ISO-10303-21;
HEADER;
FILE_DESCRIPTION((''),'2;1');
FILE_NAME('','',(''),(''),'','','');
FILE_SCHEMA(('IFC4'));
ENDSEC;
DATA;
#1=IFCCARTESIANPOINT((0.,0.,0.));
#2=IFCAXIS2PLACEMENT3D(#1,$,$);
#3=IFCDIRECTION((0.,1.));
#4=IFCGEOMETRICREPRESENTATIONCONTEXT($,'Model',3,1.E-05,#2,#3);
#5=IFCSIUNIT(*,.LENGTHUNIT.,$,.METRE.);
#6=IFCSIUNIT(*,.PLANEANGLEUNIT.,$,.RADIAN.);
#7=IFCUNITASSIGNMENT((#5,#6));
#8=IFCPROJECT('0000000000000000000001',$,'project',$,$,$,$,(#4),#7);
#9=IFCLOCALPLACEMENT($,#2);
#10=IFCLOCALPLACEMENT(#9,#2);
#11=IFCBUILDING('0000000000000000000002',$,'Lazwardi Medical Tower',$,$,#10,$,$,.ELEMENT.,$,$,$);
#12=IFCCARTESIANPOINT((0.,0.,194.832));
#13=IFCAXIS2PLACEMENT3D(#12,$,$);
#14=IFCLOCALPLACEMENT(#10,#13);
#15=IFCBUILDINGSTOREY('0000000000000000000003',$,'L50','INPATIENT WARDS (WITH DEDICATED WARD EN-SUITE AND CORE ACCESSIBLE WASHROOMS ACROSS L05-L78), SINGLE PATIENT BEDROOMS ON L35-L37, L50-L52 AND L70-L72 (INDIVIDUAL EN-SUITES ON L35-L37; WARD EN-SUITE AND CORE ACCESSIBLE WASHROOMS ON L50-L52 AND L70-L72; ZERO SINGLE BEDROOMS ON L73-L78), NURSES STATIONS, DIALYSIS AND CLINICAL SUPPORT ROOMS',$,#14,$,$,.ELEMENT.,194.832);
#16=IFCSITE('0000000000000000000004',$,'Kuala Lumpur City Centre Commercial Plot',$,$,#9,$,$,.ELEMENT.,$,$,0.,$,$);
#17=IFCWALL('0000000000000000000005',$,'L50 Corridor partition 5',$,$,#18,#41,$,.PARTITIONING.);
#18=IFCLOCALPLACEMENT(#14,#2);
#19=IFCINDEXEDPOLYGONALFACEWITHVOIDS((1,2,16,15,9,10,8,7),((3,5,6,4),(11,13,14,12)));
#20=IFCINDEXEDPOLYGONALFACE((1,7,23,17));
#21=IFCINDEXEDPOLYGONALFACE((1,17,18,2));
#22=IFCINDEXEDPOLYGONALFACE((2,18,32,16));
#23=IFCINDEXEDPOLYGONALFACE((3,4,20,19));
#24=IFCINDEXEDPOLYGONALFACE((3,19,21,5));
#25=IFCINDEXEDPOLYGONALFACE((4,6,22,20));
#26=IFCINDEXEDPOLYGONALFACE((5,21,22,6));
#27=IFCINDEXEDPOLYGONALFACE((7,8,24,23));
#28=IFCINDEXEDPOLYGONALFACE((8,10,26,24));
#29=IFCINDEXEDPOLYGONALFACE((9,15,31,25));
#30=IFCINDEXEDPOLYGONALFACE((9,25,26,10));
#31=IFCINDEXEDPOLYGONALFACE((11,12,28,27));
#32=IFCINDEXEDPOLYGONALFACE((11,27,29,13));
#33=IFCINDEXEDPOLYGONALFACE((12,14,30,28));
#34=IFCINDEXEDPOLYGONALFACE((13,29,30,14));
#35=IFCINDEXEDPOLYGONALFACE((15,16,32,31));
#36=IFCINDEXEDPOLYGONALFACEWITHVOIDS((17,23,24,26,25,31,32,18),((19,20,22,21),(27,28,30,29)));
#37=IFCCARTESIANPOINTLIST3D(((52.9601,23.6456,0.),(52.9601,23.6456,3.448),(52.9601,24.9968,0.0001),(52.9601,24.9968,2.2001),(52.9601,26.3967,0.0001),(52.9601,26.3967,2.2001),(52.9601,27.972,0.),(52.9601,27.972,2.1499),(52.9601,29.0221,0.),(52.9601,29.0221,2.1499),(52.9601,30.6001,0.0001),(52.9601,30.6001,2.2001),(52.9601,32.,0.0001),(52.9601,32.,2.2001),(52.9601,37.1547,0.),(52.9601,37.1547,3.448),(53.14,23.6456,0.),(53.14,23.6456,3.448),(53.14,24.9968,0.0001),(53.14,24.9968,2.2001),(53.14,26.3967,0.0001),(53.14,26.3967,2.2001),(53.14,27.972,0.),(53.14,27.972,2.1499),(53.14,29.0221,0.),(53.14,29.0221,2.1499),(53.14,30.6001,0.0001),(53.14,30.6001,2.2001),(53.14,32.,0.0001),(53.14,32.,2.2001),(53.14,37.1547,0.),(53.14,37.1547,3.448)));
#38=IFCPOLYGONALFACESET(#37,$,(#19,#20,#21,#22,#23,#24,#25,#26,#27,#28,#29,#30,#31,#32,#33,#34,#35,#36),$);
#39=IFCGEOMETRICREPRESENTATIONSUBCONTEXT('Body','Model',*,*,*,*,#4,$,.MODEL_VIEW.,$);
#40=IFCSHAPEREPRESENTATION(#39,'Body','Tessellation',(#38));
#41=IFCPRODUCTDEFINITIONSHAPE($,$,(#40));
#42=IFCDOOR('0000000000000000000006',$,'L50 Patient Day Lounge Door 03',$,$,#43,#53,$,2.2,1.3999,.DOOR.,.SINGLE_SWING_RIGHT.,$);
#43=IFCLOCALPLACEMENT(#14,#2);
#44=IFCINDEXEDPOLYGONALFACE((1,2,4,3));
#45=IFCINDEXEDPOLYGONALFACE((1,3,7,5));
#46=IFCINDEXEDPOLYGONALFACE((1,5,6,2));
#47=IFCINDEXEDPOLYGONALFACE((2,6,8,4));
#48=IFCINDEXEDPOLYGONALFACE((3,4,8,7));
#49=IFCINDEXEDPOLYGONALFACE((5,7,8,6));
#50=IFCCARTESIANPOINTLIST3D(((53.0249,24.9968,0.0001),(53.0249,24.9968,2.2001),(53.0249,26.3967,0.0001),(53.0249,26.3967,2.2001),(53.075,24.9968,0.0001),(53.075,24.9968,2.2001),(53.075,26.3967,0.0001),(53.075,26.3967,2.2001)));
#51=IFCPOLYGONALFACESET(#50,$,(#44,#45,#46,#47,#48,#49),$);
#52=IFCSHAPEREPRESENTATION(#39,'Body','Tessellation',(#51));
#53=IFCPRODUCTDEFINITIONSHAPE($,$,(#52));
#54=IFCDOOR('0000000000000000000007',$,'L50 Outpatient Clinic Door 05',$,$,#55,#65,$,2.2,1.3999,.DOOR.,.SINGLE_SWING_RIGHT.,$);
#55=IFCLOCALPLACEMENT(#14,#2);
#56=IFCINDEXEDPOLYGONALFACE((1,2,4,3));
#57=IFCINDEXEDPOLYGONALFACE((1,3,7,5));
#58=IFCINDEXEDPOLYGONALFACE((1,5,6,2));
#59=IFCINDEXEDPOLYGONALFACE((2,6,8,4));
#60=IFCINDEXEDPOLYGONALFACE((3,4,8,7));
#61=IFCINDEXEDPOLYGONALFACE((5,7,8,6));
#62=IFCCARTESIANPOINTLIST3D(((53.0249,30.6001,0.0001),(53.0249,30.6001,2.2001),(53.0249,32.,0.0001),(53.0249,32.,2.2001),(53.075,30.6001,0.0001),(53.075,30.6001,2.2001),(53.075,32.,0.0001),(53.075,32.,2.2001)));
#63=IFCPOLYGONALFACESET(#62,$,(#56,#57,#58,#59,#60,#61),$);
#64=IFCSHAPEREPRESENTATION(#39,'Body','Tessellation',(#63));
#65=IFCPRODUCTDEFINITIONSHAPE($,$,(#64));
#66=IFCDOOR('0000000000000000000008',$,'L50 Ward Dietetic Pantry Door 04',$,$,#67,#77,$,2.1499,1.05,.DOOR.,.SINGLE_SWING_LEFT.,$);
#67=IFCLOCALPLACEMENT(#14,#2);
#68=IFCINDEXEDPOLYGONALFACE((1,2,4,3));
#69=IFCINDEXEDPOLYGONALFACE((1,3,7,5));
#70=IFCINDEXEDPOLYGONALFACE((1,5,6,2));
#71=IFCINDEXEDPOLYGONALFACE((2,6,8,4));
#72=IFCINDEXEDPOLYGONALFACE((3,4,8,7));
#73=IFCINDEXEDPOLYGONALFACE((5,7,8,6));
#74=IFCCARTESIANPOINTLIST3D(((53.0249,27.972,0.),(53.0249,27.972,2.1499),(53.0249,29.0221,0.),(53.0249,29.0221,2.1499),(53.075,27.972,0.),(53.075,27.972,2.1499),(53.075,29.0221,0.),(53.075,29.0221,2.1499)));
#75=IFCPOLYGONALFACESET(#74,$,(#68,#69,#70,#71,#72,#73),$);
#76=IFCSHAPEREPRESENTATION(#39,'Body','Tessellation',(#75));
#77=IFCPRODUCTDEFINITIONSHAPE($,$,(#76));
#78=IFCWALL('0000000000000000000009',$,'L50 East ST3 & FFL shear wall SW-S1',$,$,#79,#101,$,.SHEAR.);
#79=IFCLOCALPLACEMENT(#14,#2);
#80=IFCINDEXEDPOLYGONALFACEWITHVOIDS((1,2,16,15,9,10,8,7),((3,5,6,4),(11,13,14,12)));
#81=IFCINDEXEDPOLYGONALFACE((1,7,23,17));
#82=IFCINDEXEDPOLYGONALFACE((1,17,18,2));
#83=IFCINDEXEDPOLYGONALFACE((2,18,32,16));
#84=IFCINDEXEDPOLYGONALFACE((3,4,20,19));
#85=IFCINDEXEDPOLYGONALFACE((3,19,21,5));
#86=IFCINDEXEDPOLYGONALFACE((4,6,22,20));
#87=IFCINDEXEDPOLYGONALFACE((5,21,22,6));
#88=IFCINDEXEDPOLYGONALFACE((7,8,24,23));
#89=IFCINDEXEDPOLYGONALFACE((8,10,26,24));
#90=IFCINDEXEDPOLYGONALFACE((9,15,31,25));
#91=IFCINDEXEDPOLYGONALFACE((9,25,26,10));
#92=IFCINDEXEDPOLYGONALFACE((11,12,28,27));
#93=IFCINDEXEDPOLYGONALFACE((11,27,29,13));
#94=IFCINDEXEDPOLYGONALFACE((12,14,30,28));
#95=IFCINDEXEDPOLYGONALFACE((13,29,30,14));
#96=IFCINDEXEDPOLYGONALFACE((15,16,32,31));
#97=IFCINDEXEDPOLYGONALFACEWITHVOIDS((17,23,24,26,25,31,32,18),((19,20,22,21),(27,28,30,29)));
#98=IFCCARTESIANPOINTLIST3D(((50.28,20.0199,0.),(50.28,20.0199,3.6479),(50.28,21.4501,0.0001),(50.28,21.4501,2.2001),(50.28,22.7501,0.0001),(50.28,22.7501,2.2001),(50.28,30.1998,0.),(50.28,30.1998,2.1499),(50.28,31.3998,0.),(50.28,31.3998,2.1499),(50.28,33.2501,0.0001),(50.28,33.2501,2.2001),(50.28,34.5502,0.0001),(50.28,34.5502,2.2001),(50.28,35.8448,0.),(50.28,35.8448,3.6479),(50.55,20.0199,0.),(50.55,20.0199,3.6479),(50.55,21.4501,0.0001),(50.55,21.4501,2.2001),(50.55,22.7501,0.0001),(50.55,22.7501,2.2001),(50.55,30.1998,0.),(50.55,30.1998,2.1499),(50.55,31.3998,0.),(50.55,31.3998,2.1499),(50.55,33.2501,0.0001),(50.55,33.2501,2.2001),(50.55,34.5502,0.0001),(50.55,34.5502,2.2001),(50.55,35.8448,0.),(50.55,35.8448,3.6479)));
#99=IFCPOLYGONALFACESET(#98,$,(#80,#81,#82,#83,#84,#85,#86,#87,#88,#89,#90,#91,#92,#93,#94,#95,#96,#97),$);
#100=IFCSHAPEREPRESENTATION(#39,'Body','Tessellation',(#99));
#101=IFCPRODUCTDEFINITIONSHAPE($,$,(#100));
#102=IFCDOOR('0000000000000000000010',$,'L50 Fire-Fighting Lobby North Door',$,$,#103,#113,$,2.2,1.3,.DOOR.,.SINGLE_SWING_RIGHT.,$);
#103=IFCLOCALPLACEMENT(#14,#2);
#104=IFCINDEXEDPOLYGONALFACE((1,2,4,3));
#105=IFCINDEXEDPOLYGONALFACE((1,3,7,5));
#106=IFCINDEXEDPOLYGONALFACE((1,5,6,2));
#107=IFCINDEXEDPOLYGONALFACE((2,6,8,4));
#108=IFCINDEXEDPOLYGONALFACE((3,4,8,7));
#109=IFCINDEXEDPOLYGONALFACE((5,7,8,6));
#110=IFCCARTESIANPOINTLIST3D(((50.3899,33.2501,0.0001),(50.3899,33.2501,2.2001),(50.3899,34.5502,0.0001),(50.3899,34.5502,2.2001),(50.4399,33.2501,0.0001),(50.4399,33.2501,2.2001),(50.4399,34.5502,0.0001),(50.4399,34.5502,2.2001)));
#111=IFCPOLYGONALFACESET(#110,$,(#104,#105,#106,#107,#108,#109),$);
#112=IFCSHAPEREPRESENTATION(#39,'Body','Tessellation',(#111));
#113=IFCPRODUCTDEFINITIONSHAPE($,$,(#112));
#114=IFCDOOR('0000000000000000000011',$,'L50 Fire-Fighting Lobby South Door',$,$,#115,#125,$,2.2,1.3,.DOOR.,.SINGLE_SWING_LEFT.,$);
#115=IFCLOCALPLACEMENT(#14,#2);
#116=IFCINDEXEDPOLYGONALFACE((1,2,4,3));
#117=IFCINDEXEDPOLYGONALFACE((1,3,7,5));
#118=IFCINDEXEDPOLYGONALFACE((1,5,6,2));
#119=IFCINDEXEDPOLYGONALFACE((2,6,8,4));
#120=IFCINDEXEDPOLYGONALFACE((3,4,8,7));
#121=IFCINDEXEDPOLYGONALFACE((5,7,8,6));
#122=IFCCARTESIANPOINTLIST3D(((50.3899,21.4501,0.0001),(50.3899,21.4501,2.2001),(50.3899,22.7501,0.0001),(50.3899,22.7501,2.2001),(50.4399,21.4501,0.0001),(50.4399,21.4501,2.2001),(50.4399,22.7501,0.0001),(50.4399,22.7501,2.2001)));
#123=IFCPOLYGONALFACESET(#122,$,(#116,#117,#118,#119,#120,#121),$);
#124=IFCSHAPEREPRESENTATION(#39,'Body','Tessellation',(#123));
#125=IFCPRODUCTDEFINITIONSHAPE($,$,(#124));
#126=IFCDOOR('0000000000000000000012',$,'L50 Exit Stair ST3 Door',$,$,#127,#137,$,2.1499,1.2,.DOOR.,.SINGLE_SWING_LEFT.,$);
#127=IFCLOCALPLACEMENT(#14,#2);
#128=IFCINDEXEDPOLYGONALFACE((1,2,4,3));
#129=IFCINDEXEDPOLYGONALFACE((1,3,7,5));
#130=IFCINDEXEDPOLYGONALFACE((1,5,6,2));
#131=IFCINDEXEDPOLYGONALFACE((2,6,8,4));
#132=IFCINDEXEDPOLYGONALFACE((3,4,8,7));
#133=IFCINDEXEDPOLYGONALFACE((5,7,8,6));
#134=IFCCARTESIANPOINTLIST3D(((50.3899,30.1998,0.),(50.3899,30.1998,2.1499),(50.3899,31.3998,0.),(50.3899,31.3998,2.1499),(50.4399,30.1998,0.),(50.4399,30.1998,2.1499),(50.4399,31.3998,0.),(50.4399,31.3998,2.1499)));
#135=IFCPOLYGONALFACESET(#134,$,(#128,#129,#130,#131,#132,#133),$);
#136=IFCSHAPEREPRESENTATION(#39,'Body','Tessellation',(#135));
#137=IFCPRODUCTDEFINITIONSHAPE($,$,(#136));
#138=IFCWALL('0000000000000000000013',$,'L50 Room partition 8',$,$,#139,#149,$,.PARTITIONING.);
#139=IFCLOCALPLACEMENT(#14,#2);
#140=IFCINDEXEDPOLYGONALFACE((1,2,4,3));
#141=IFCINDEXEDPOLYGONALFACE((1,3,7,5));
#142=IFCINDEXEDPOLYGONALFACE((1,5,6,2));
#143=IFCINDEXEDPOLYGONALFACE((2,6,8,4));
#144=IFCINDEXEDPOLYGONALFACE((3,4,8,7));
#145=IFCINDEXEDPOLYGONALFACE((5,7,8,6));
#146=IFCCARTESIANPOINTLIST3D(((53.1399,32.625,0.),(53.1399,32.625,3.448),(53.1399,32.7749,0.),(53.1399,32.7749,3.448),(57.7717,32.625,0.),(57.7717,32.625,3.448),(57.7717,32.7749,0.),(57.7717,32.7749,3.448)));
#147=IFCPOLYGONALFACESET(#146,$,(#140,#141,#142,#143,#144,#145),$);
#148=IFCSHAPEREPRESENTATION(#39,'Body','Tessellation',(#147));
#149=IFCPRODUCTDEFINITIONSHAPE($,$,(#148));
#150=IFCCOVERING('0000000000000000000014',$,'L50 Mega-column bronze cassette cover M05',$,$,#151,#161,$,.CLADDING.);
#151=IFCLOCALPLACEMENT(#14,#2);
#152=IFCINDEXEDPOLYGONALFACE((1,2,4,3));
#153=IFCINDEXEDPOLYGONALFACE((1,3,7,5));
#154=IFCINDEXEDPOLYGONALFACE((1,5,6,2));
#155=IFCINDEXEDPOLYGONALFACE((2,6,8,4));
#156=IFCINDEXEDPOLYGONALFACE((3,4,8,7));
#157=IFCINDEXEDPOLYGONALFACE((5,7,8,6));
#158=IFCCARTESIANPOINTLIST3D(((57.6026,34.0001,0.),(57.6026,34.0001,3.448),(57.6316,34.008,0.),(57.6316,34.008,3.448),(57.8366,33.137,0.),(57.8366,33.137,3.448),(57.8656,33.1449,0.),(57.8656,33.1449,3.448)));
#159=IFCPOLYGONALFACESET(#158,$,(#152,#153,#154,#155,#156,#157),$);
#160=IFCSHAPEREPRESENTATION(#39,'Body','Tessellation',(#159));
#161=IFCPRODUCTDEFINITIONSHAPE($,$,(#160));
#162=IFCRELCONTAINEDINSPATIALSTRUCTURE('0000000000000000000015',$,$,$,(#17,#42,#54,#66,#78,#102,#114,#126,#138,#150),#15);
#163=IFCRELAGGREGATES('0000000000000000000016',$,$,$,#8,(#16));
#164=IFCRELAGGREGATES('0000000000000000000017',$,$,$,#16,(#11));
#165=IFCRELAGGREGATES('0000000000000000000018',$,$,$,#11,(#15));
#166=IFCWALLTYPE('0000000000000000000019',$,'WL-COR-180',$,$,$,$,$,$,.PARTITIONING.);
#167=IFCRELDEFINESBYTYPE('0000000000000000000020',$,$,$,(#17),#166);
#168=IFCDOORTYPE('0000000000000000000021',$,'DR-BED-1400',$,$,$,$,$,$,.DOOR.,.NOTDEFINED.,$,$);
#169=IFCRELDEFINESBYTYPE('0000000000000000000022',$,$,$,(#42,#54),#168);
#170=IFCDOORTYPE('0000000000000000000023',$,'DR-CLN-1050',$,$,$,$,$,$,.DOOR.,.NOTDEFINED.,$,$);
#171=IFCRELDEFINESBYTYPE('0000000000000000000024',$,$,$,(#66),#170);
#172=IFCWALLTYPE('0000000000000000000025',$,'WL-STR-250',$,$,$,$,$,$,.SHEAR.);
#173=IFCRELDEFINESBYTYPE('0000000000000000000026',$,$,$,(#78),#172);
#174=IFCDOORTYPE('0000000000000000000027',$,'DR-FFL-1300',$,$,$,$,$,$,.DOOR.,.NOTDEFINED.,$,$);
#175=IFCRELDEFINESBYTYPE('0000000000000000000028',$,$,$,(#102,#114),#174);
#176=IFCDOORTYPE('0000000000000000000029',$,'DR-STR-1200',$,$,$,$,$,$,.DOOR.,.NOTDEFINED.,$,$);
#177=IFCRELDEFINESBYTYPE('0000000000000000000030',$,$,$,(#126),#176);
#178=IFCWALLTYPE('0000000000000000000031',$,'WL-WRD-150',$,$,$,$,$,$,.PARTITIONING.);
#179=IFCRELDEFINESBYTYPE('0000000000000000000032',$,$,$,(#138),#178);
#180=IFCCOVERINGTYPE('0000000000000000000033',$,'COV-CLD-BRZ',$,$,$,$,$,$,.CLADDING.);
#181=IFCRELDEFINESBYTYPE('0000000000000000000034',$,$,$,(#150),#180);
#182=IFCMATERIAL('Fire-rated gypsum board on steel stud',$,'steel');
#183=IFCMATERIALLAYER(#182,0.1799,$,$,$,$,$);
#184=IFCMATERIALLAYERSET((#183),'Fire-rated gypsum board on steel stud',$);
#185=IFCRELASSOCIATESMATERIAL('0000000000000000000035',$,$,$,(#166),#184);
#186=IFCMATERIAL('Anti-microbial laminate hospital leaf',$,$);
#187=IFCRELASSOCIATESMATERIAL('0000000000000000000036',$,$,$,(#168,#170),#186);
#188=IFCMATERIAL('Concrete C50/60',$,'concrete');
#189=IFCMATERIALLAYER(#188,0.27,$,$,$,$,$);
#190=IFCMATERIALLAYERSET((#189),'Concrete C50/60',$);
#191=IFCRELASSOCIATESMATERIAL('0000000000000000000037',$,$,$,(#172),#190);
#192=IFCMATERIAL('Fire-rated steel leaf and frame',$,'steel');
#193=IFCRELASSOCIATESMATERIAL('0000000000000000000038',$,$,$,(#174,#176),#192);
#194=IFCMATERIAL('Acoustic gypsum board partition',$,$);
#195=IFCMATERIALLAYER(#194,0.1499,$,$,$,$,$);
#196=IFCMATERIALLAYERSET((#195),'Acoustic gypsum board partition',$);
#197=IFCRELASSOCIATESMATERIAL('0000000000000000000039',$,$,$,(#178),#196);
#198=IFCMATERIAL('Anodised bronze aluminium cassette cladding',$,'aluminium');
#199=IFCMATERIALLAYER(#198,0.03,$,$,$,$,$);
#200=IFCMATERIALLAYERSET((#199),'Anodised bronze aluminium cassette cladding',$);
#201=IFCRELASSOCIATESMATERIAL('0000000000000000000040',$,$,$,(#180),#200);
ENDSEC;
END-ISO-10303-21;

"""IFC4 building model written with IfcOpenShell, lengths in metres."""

from ifc_helpers import new_model, si_unit, direction, frame, frame_2d, origin, origin_2d, place, context, subcontext, project, spatial, rectangle, extrude, material, layer, layer_set, type_object, element, fill, save


model = new_model("IFC4")

# Units and contexts
model_context = context("Model", 3, precision=1e-05, world=origin(), true_north=direction((0.0, 1.0)))
body_context = subcontext(model_context, "Body", "Model", "MODEL_VIEW")
ifc_project = project(units=[si_unit("LENGTHUNIT", "METRE"), si_unit("PLANEANGLEUNIT", "RADIAN")], contexts=[model_context])

# Site, building, storey
site_placement = place(None, origin())
site = spatial("IfcSite", under=ifc_project, at=site_placement, Name="Kuala Lumpur City Centre Commercial Plot", CompositionType="ELEMENT", RefElevation=0.0)
building_placement = place(site_placement, origin())
building = spatial("IfcBuilding", under=site, at=building_placement, Name="Lazwardi Medical Tower", CompositionType="ELEMENT")
storey_placement = place(building_placement, frame((0.0, 0.0, 194.832)))
storey = spatial("IfcBuildingStorey", under=building, at=storey_placement, Name="L50", Description="INPATIENT WARDS (WITH DEDICATED WARD EN-SUITE AND CORE ACCESSIBLE WASHROOMS ACROSS L05-L78), SINGLE PATIENT BEDROOMS ON L35-L37, L50-L52 AND L70-L72 (INDIVIDUAL EN-SUITES ON L35-L37; WARD EN-SUITE AND CORE ACCESSIBLE WASHROOMS ON L50-L52 AND L70-L72; ZERO SINGLE BEDROOMS ON L73-L78), NURSES STATIONS, DIALYSIS AND CLINICAL SUPPORT ROOMS", CompositionType="ELEMENT", Elevation=194.832)

# Walls, openings, doors
ifc_material_1 = material(Name="Fire-rated gypsum board on steel stud", Category="steel")
ifc_layer_1 = layer(ifc_material_1, 0.1799)
ifc_layer_set_1 = layer_set([ifc_layer_1], Name="Fire-rated gypsum board on steel stud")
wall_type_1 = type_object("IfcWallType", Name="WL-COR-180", PredefinedType="PARTITIONING", material=ifc_layer_set_1)
wall_1_placement = place(storey_placement, frame((53.05, 37.1545, 0.0), z_axis=(0.0, 0.0, 1.0), x_axis=(0.0, -1.0, 0.0)))
wall_1 = element("IfcWall", 1, at=wall_1_placement, inside=storey, type_object=wall_type_1, Name="L50 Corridor partition 5", PredefinedType="PARTITIONING", context=body_context, shape_type="SweptSolid", body=[
    extrude(rectangle(XDim=13.509, YDim=0.1799, at=frame_2d((6.7544, 0.0))), origin(), (0.0, 0.0, 1.0), 3.448),
])
opening_1_placement = place(wall_1_placement, frame((10.7578, 0.0, 0.0)))
opening_1 = element("IfcOpeningElement", 2, at=opening_1_placement, cuts=wall_1, PredefinedType="OPENING", context=body_context, shape_type="SweptSolid", body=[
    extrude(rectangle(XDim=1.3999, YDim=2.2, at=frame_2d((0.7, 1.1001))), frame((0.0, 0.0999, 0.0), z_axis=(0.0, -1.0, 0.0), x_axis=(1.0, 0.0, 0.0)), (0.0, 0.0, 1.0), 0.2),
])
opening_2_placement = place(wall_1_placement, frame((8.1326, 0.0, 0.0)))
opening_2 = element("IfcOpeningElement", 3, at=opening_2_placement, cuts=wall_1, PredefinedType="OPENING", context=body_context, shape_type="SweptSolid", body=[
    extrude(rectangle(XDim=1.05, YDim=2.1499, at=frame_2d((0.5249, 1.075))), frame((0.0, 0.0999, 0.0), z_axis=(0.0, -1.0, 0.0), x_axis=(1.0, 0.0, 0.0)), (0.0, 0.0, 1.0), 0.2),
])
opening_3_placement = place(wall_1_placement, frame((5.1545, 0.0, 0.0)))
opening_3 = element("IfcOpeningElement", 4, at=opening_3_placement, cuts=wall_1, PredefinedType="OPENING", context=body_context, shape_type="SweptSolid", body=[
    extrude(rectangle(XDim=1.3999, YDim=2.2, at=frame_2d((0.7, 1.1001))), frame((0.0, 0.0999, 0.0), z_axis=(0.0, -1.0, 0.0), x_axis=(1.0, 0.0, 0.0)), (0.0, 0.0, 1.0), 0.2),
])
ifc_material_2 = material(Name="Anti-microbial laminate hospital leaf")
door_type_1 = type_object("IfcDoorType", Name="DR-BED-1400", OperationType="NOTDEFINED", PredefinedType="DOOR", material=ifc_material_2)
door_1_placement = place(opening_1_placement, origin())
door_1 = element("IfcDoor", 5, at=door_1_placement, inside=storey, type_object=door_type_1, Name="L50 Patient Day Lounge Door 03", OperationType="SINGLE_SWING_RIGHT", OverallHeight=2.2, OverallWidth=1.3999, PredefinedType="DOOR", context=body_context, shape_type="SweptSolid", body=[
    extrude(rectangle(XDim=1.3999, YDim=2.2, at=frame_2d((0.7, 1.1001))), frame((0.0, 0.0249, 0.0), z_axis=(0.0, -1.0, 0.0), x_axis=(1.0, 0.0, 0.0)), (0.0, 0.0, 1.0), 0.05),
])
fill(opening_1, door_1)
door_2_placement = place(opening_3_placement, origin())
door_2 = element("IfcDoor", 6, at=door_2_placement, inside=storey, type_object=door_type_1, Name="L50 Outpatient Clinic Door 05", OperationType="SINGLE_SWING_RIGHT", OverallHeight=2.2, OverallWidth=1.3999, PredefinedType="DOOR", context=body_context, shape_type="SweptSolid", body=[
    extrude(rectangle(XDim=1.3999, YDim=2.2, at=frame_2d((0.7, 1.1001))), frame((0.0, 0.0249, 0.0), z_axis=(0.0, -1.0, 0.0), x_axis=(1.0, 0.0, 0.0)), (0.0, 0.0, 1.0), 0.05),
])
fill(opening_3, door_2)
door_type_2 = type_object("IfcDoorType", Name="DR-CLN-1050", OperationType="NOTDEFINED", PredefinedType="DOOR", material=ifc_material_2)
door_3_placement = place(opening_2_placement, origin())
door_3 = element("IfcDoor", 7, at=door_3_placement, inside=storey, type_object=door_type_2, Name="L50 Ward Dietetic Pantry Door 04", OperationType="SINGLE_SWING_LEFT", OverallHeight=2.1499, OverallWidth=1.05, PredefinedType="DOOR", context=body_context, shape_type="SweptSolid", body=[
    extrude(rectangle(XDim=1.05, YDim=2.1499, at=frame_2d((0.5249, 1.075))), frame((0.0, 0.0249, 0.0), z_axis=(0.0, -1.0, 0.0), x_axis=(1.0, 0.0, 0.0)), (0.0, 0.0, 1.0), 0.05),
])
fill(opening_2, door_3)
ifc_material_3 = material(Name="Concrete C50/60", Category="concrete")
ifc_layer_2 = layer(ifc_material_3, 0.27)
ifc_layer_set_2 = layer_set([ifc_layer_2], Name="Concrete C50/60")
wall_type_2 = type_object("IfcWallType", Name="WL-STR-250", PredefinedType="SHEAR", material=ifc_layer_set_2)
wall_2_placement = place(storey_placement, frame((50.415, 35.845, 0.0), z_axis=(0.0, 0.0, 1.0), x_axis=(0.0, -1.0, 0.0)))
wall_2 = element("IfcWall", 8, at=wall_2_placement, inside=storey, type_object=wall_type_2, Name="L50 East ST3 & FFL shear wall SW-S1", PredefinedType="SHEAR", context=body_context, shape_type="SweptSolid", body=[
    extrude(rectangle(XDim=15.825, YDim=0.27, at=frame_2d((7.9126, 0.0))), origin(), (0.0, 0.0, 1.0), 3.6479),
])
opening_4_placement = place(wall_2_placement, frame((4.4451, 0.0, 0.0)))
opening_4 = element("IfcOpeningElement", 9, at=opening_4_placement, cuts=wall_2, PredefinedType="OPENING", context=body_context, shape_type="SweptSolid", body=[
    extrude(rectangle(XDim=1.2, YDim=2.1499, at=frame_2d((0.6001, 1.075))), frame((0.0, 0.145, 0.0), z_axis=(0.0, -1.0, 0.0), x_axis=(1.0, 0.0, 0.0)), (0.0, 0.0, 1.0), 0.29),
])
opening_5_placement = place(wall_2_placement, frame((1.2949, 0.0, 0.0)))
opening_5 = element("IfcOpeningElement", 10, at=opening_5_placement, cuts=wall_2, PredefinedType="OPENING", context=body_context, shape_type="SweptSolid", body=[
    extrude(rectangle(XDim=1.3, YDim=2.2, at=frame_2d((0.6499, 1.1001))), frame((0.0, 0.145, 0.0), z_axis=(0.0, -1.0, 0.0), x_axis=(1.0, 0.0, 0.0)), (0.0, 0.0, 1.0), 0.29),
])
opening_6_placement = place(wall_2_placement, frame((13.095, 0.0, 0.0)))
opening_6 = element("IfcOpeningElement", 11, at=opening_6_placement, cuts=wall_2, PredefinedType="OPENING", context=body_context, shape_type="SweptSolid", body=[
    extrude(rectangle(XDim=1.3, YDim=2.2, at=frame_2d((0.6499, 1.1001))), frame((0.0, 0.145, 0.0), z_axis=(0.0, -1.0, 0.0), x_axis=(1.0, 0.0, 0.0)), (0.0, 0.0, 1.0), 0.29),
])
ifc_material_4 = material(Name="Fire-rated steel leaf and frame", Category="steel")
door_type_3 = type_object("IfcDoorType", Name="DR-FFL-1300", OperationType="NOTDEFINED", PredefinedType="DOOR", material=ifc_material_4)
door_4_placement = place(opening_5_placement, origin())
door_4 = element("IfcDoor", 12, at=door_4_placement, inside=storey, type_object=door_type_3, Name="L50 Fire-Fighting Lobby North Door", OperationType="SINGLE_SWING_RIGHT", OverallHeight=2.2, OverallWidth=1.3, PredefinedType="DOOR", context=body_context, shape_type="SweptSolid", body=[
    extrude(rectangle(XDim=1.3, YDim=2.2, at=frame_2d((0.6499, 1.1001))), frame((0.0, 0.0249, 0.0), z_axis=(0.0, -1.0, 0.0), x_axis=(1.0, 0.0, 0.0)), (0.0, 0.0, 1.0), 0.05),
])
fill(opening_5, door_4)
door_5_placement = place(opening_6_placement, origin())
door_5 = element("IfcDoor", 13, at=door_5_placement, inside=storey, type_object=door_type_3, Name="L50 Fire-Fighting Lobby South Door", OperationType="SINGLE_SWING_LEFT", OverallHeight=2.2, OverallWidth=1.3, PredefinedType="DOOR", context=body_context, shape_type="SweptSolid", body=[
    extrude(rectangle(XDim=1.3, YDim=2.2, at=frame_2d((0.6499, 1.1001))), frame((0.0, 0.0249, 0.0), z_axis=(0.0, -1.0, 0.0), x_axis=(1.0, 0.0, 0.0)), (0.0, 0.0, 1.0), 0.05),
])
fill(opening_6, door_5)
door_type_4 = type_object("IfcDoorType", Name="DR-STR-1200", OperationType="NOTDEFINED", PredefinedType="DOOR", material=ifc_material_4)
door_6_placement = place(opening_4_placement, origin())
door_6 = element("IfcDoor", 14, at=door_6_placement, inside=storey, type_object=door_type_4, Name="L50 Exit Stair ST3 Door", OperationType="SINGLE_SWING_LEFT", OverallHeight=2.1499, OverallWidth=1.2, PredefinedType="DOOR", context=body_context, shape_type="SweptSolid", body=[
    extrude(rectangle(XDim=1.2, YDim=2.1499, at=frame_2d((0.6001, 1.075))), frame((0.0, 0.0249, 0.0), z_axis=(0.0, -1.0, 0.0), x_axis=(1.0, 0.0, 0.0)), (0.0, 0.0, 1.0), 0.05),
])
fill(opening_4, door_6)

# Wall
ifc_material_5 = material(Name="Acoustic gypsum board partition")
ifc_layer_3 = layer(ifc_material_5, 0.1499)
ifc_layer_set_3 = layer_set([ifc_layer_3], Name="Acoustic gypsum board partition")
wall_type_3 = type_object("IfcWallType", Name="WL-WRD-150", PredefinedType="PARTITIONING", material=ifc_layer_set_3)
wall_3_placement = place(storey_placement, frame((53.1399, 32.7, 0.0), z_axis=(0.0, 0.0, 1.0), x_axis=(1.0, 0.0, 0.0)))
element("IfcWall", 15, at=wall_3_placement, inside=storey, type_object=wall_type_3, Name="L50 Room partition 8", PredefinedType="PARTITIONING", context=body_context, shape_type="SweptSolid", body=[
    extrude(rectangle(XDim=4.6318, YDim=0.1499, at=frame_2d((2.3159, 0.0))), origin(), (0.0, 0.0, 1.0), 3.448),
])

# Covering
ifc_material_6 = material(Name="Anodised bronze aluminium cassette cladding", Category="aluminium")
ifc_layer_4 = layer(ifc_material_6, 0.03)
ifc_layer_set_4 = layer_set([ifc_layer_4], Name="Anodised bronze aluminium cassette cladding")
covering_type = type_object("IfcCoveringType", Name="COV-CLD-BRZ", PredefinedType="CLADDING", material=ifc_layer_set_4)
covering_placement = place(storey_placement, frame((57.7341, 33.5725, 0.0), z_axis=(0.0, 0.0, 1.0), x_axis=(-0.261642, 0.965165, 0.0)))
element("IfcCovering", 16, at=covering_placement, inside=storey, type_object=covering_type, Name="L50 Mega-column bronze cassette cover M05", PredefinedType="CLADDING", context=body_context, shape_type="SweptSolid", body=[
    extrude(rectangle(XDim=0.8943, YDim=0.03, at=origin_2d()), origin(), (0.0, 0.0, 1.0), 3.448),
])

save(model, "model.ifc")
